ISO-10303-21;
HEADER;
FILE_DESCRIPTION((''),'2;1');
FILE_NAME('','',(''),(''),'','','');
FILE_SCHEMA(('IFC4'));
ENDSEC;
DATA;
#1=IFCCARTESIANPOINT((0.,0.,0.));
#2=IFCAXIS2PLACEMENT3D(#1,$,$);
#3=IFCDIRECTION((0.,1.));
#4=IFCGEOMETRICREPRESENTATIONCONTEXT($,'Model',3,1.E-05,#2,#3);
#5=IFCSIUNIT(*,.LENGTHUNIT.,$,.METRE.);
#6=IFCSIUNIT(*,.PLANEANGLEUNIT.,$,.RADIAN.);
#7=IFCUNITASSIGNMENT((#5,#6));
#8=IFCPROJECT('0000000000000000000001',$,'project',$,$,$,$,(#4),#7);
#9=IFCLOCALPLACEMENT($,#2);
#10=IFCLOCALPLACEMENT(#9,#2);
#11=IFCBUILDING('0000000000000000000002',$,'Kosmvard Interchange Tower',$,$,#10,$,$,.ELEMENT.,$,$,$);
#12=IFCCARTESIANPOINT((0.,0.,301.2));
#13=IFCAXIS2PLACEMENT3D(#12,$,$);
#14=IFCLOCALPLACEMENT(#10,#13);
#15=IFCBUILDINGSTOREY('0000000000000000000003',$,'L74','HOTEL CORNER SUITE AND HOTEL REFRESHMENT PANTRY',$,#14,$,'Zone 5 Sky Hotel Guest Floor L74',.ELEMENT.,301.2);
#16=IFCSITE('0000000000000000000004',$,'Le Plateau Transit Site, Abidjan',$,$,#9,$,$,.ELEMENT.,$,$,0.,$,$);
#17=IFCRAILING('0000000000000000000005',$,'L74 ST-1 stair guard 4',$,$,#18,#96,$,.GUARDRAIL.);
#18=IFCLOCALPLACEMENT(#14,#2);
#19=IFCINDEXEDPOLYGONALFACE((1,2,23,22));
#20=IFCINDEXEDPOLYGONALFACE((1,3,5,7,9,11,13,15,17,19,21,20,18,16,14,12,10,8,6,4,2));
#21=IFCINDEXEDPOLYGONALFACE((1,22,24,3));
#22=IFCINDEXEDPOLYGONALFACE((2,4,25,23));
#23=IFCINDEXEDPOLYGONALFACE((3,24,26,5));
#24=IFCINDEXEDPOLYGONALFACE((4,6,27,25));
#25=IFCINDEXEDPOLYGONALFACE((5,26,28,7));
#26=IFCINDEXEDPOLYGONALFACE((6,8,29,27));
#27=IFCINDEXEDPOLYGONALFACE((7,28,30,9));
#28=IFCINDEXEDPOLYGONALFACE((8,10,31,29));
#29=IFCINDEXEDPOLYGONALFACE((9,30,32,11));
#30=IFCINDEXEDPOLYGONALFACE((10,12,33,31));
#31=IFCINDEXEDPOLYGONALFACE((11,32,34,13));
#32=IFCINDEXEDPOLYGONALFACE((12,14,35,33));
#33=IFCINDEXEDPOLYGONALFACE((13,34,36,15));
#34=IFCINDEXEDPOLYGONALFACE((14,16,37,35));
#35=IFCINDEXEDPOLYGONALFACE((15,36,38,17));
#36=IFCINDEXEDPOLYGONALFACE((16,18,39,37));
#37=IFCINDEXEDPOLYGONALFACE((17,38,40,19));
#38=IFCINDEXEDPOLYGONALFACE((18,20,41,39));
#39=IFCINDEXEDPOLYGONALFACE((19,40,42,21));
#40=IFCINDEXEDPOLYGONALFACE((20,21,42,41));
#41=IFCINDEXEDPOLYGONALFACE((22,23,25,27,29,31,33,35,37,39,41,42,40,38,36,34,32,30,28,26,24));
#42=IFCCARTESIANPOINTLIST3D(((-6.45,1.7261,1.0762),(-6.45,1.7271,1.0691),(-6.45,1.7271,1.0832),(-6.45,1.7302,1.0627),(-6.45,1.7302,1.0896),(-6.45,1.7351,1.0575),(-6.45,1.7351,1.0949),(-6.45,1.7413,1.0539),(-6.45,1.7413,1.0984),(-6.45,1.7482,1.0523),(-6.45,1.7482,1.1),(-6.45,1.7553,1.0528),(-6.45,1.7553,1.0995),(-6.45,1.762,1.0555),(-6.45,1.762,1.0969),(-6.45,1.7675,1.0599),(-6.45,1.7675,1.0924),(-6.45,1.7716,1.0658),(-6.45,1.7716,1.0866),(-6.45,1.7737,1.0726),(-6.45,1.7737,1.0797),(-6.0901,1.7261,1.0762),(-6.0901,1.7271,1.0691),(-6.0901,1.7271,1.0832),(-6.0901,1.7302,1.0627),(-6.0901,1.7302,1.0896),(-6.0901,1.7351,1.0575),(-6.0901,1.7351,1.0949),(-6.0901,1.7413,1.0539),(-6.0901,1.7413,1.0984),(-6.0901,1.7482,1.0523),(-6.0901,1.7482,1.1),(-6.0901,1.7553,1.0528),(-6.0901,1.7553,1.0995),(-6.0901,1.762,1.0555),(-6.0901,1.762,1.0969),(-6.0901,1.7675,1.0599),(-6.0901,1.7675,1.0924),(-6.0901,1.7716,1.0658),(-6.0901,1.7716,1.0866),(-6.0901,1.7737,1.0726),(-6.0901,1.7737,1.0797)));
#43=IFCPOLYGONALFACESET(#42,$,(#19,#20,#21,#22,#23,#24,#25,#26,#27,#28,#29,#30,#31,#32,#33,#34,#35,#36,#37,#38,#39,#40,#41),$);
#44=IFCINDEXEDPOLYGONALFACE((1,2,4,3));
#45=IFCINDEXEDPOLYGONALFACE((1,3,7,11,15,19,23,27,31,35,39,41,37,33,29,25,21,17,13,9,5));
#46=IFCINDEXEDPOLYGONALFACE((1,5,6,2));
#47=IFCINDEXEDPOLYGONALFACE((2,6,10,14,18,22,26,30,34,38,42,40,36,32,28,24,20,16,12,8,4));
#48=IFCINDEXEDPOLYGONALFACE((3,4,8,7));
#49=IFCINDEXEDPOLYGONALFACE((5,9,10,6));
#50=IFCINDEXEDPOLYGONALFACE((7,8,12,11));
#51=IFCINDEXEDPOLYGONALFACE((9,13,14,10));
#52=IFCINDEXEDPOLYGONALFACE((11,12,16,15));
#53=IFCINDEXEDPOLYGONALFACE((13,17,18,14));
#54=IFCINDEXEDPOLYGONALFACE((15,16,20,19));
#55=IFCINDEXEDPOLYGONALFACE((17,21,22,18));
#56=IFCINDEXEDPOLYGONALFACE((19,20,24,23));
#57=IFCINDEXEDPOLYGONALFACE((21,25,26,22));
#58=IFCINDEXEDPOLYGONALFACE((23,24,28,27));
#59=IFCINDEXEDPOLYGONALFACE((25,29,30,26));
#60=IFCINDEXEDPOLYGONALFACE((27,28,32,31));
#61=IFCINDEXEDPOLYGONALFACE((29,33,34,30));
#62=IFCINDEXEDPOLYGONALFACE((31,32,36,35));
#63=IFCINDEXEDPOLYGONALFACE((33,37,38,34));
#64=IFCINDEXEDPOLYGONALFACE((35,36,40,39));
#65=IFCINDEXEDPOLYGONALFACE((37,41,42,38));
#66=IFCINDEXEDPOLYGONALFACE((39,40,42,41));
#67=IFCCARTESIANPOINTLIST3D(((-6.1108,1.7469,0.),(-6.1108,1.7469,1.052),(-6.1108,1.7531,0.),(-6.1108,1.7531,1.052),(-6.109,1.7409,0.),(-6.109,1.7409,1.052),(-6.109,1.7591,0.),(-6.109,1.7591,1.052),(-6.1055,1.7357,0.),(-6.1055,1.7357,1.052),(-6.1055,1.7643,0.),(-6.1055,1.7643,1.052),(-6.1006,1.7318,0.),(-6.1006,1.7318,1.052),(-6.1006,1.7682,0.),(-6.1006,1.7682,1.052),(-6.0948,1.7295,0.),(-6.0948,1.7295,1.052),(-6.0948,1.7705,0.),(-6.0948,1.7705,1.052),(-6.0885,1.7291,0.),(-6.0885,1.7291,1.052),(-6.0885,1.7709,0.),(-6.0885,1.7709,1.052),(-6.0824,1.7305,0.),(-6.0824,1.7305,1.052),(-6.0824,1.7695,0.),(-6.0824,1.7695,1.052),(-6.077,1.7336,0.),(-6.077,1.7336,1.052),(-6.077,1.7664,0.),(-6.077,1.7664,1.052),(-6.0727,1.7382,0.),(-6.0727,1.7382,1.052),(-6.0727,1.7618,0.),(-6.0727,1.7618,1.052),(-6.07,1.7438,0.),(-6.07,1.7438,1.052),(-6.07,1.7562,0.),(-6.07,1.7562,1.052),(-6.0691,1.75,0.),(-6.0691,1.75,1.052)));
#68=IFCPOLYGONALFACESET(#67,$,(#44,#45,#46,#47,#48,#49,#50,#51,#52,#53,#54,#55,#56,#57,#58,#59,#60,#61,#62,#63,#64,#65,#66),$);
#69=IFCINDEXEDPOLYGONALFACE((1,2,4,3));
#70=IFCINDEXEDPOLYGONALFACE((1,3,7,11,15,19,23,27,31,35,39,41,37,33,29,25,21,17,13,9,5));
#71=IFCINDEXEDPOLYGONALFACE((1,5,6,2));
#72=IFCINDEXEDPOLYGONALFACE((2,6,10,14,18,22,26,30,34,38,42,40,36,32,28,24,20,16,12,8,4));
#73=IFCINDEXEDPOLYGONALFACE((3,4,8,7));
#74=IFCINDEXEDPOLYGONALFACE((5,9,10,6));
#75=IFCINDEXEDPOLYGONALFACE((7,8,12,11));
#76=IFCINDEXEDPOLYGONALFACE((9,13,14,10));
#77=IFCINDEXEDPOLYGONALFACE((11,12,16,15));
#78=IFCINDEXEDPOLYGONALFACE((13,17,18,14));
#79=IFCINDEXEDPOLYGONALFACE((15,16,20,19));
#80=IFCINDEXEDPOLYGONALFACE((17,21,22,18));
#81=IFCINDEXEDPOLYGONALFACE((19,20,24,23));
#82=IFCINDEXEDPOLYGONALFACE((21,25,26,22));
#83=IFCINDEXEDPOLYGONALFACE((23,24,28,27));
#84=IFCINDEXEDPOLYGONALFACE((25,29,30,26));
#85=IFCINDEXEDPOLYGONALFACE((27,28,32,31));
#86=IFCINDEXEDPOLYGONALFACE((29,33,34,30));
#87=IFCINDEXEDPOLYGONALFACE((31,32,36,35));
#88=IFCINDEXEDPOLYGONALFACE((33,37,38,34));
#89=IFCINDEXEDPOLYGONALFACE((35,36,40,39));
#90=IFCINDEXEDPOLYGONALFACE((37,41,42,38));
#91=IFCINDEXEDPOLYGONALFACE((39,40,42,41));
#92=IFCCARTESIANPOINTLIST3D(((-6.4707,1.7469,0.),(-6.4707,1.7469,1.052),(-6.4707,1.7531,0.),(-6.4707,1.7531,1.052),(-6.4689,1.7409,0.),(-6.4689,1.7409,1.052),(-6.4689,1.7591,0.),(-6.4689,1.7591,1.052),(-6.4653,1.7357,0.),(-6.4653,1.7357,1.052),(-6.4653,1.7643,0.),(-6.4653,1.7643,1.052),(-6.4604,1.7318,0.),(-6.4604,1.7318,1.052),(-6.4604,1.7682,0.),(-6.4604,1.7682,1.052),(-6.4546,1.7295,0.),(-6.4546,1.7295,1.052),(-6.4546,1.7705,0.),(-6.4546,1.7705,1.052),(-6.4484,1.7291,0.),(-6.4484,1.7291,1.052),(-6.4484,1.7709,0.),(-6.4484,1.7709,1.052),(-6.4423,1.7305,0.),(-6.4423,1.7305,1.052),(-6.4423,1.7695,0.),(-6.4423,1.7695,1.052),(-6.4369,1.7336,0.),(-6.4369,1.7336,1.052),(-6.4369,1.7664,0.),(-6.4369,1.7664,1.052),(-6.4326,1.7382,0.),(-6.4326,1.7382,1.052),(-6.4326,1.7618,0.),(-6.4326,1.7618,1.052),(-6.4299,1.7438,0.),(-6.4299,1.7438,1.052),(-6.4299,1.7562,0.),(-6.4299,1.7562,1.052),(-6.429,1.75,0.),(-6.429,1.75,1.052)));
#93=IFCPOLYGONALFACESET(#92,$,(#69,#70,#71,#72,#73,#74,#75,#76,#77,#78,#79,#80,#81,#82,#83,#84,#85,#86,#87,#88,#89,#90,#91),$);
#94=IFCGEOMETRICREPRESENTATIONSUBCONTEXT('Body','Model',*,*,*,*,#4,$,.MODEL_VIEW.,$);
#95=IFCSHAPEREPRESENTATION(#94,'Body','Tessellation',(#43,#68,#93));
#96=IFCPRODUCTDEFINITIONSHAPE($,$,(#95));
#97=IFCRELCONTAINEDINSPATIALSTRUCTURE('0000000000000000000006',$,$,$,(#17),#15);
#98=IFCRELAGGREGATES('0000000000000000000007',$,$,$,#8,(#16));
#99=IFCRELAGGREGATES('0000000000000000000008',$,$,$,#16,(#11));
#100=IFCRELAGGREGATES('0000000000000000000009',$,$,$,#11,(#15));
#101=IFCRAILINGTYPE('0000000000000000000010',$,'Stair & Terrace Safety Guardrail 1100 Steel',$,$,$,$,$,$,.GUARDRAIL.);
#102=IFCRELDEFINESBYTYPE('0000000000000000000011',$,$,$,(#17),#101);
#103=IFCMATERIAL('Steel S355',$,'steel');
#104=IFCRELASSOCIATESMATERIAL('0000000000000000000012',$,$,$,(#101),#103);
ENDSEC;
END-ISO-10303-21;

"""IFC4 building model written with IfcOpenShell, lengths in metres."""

from ifc_helpers import new_model, si_unit, direction, frame, origin, origin_2d, place, context, subcontext, project, spatial, circle, extrude, source, transform, mapped, material, type_object, element, save


model = new_model("IFC4")

# Units and contexts
model_context = context("Model", 3, precision=1e-05, world=origin(), true_north=direction((0.0, 1.0)))
body_context = subcontext(model_context, "Body", "Model", "MODEL_VIEW")
ifc_project = project(units=[si_unit("LENGTHUNIT", "METRE"), si_unit("PLANEANGLEUNIT", "RADIAN")], contexts=[model_context])

# Site, building, storey
site_placement = place(None, origin())
site = spatial("IfcSite", under=ifc_project, at=site_placement, Name="Le Plateau Transit Site, Abidjan", CompositionType="ELEMENT", RefElevation=0.0)
building_placement = place(site_placement, origin())
building = spatial("IfcBuilding", under=site, at=building_placement, Name="Kosmvard Interchange Tower", CompositionType="ELEMENT")
storey_placement = place(building_placement, frame((0.0, 0.0, 301.2)))
storey = spatial("IfcBuildingStorey", under=building, at=storey_placement, Name="L74", Description="HOTEL CORNER SUITE AND HOTEL REFRESHMENT PANTRY", LongName="Zone 5 Sky Hotel Guest Floor L74", CompositionType="ELEMENT", Elevation=301.2)

# Shared definitions
ifc_material_1 = material(Name="Steel S355", Category="steel")

# Railing
railing_type = type_object("IfcRailingType", Name="Stair & Terrace Safety Guardrail 1100 Steel", PredefinedType="GUARDRAIL", material=ifc_material_1)
shared_shape_1 = source(origin(), body_context, "Body", "SweptSolid", [
    extrude(circle(Radius=0.0239, at=origin_2d()), frame((0.0, 0.0, 1.0762), z_axis=(-1.0, 0.0, 0.0), x_axis=(0.0, -1.0, 0.0)), (0.0, 0.0, 1.0), 0.3599),
    extrude(circle(Radius=0.021, at=origin_2d()), origin(), (0.0, 0.0, 1.0), 1.052),
    extrude(circle(Radius=0.021, at=origin_2d()), frame((-0.3599, 0.0, 0.0)), (0.0, 0.0, 1.0), 1.052),
])
railing_1_placement = place(storey_placement, frame((-6.0901, 1.75, 0.0)))
element("IfcRailing", 1, at=railing_1_placement, inside=storey, type_object=railing_type, Name="L74 ST-1 stair guard 4", PredefinedType="GUARDRAIL", context=body_context, shape_type="MappedRepresentation", body=[
    mapped(shared_shape_1, transform((0.0, 0.0, 0.0), scale=1.0)),
])

save(model, "model.ifc")
